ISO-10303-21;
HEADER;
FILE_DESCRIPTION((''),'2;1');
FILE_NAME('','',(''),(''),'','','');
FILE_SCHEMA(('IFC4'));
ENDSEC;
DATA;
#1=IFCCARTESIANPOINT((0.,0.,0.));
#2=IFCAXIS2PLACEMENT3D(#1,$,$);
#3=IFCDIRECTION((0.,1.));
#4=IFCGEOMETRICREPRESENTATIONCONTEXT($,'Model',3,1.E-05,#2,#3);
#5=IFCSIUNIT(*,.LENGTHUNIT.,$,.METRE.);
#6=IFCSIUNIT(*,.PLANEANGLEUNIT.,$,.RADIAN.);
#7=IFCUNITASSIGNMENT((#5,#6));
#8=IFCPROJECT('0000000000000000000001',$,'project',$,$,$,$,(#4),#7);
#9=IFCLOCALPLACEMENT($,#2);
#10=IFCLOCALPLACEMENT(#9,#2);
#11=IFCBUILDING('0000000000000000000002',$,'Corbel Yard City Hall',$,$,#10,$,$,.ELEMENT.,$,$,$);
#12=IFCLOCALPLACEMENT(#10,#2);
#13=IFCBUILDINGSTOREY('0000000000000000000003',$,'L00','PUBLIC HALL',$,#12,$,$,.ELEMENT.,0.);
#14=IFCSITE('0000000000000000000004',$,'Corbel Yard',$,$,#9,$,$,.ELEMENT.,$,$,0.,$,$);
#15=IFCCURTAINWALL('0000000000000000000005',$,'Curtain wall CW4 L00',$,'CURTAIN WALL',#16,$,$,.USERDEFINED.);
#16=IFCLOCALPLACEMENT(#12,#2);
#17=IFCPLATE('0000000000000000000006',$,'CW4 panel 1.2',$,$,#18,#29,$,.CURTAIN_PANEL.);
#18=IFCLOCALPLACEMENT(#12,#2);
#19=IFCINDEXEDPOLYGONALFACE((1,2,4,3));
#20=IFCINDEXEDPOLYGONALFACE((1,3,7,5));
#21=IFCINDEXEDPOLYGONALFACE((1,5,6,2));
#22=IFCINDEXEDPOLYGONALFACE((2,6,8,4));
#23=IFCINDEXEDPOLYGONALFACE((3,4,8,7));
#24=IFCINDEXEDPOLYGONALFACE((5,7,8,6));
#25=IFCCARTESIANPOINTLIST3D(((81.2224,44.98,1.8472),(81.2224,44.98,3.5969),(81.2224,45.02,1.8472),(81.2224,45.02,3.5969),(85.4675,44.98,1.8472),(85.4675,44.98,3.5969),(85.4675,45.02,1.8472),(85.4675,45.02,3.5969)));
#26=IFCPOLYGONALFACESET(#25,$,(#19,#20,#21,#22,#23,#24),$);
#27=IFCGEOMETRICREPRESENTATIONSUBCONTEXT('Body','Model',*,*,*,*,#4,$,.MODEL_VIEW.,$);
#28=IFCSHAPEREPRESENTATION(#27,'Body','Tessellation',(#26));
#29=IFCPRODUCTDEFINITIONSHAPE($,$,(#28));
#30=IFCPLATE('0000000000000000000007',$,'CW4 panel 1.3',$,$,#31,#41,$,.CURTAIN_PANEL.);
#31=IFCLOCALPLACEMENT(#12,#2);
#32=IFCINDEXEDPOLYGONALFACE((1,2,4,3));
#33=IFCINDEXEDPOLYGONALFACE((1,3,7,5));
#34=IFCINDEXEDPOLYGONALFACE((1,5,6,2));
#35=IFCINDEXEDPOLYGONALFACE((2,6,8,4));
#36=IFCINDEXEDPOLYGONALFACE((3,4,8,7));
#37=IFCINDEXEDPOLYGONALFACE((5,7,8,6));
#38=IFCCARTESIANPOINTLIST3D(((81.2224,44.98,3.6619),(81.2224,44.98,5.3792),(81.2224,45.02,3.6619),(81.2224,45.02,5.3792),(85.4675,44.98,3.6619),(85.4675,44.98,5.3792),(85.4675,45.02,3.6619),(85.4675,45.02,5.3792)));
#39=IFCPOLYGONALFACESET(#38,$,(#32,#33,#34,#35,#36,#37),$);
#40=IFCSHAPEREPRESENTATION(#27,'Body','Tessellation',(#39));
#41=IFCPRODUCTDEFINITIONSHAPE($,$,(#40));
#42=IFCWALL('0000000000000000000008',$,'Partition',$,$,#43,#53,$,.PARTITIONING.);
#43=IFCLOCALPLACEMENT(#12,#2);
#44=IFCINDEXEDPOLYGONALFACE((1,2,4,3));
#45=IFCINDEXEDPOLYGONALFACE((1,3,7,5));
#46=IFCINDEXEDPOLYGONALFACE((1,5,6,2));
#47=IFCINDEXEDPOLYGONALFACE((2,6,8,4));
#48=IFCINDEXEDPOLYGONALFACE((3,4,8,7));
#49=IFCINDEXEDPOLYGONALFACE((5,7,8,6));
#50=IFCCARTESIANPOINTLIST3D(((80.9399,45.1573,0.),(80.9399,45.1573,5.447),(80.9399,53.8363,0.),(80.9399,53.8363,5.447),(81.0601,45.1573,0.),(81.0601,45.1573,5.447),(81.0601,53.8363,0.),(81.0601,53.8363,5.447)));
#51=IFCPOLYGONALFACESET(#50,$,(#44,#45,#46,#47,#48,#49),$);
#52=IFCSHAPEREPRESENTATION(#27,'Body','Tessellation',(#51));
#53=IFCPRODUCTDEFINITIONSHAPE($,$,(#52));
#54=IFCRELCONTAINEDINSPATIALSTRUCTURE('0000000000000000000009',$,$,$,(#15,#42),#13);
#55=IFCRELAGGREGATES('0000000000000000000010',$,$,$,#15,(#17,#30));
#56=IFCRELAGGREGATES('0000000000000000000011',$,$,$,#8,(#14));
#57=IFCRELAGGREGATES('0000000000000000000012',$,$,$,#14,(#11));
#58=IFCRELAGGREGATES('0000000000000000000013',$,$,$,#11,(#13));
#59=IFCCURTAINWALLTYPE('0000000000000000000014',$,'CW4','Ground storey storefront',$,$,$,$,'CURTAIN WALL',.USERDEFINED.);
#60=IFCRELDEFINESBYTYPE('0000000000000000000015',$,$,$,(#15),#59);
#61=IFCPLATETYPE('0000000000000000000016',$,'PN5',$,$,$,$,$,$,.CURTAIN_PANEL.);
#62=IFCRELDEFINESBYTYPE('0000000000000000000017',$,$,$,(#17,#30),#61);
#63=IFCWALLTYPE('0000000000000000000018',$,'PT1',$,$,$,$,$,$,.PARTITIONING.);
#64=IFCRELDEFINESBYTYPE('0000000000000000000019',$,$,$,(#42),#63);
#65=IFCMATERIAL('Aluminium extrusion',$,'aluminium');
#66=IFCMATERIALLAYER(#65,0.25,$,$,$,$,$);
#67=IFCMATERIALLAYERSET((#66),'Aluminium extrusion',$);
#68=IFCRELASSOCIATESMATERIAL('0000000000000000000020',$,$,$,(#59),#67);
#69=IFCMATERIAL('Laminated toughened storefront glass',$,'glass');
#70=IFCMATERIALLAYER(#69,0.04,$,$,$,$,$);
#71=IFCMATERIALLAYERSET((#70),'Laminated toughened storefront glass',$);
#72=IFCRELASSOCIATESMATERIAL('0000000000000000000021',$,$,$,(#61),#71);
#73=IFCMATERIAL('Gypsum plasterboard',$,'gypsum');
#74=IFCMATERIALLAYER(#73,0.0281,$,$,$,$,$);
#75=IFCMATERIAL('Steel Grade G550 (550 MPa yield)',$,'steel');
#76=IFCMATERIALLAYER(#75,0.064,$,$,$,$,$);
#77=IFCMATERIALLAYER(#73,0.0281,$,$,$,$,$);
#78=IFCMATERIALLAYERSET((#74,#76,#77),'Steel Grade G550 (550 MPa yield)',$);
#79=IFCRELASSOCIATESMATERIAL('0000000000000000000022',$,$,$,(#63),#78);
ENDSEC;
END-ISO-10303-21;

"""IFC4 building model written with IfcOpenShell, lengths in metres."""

from ifc_helpers import new_model, si_unit, direction, frame, frame_2d, origin, origin_2d, place, context, subcontext, project, spatial, rectangle, extrude, material, layer, layer_set, type_object, element, aggregate, save


model = new_model("IFC4")

# Units and contexts
model_context = context("Model", 3, precision=1e-05, world=origin(), true_north=direction((0.0, 1.0)))
body_context = subcontext(model_context, "Body", "Model", "MODEL_VIEW")
ifc_project = project(units=[si_unit("LENGTHUNIT", "METRE"), si_unit("PLANEANGLEUNIT", "RADIAN")], contexts=[model_context])

# Site, building, storey
site_placement = place(None, origin())
site = spatial("IfcSite", under=ifc_project, at=site_placement, Name="Corbel Yard", CompositionType="ELEMENT", RefElevation=0.0)
building_placement = place(site_placement, origin())
building = spatial("IfcBuilding", under=site, at=building_placement, Name="Corbel Yard City Hall", CompositionType="ELEMENT")
storey_placement = place(building_placement, origin())
storey = spatial("IfcBuildingStorey", under=building, at=storey_placement, Name="L00", Description="PUBLIC HALL", CompositionType="ELEMENT", Elevation=0.0)

# Curtain wall
ifc_material_1 = material(Name="Aluminium extrusion", Category="aluminium")
ifc_layer_1 = layer(ifc_material_1, 0.25)
ifc_layer_set_1 = layer_set([ifc_layer_1], Name="Aluminium extrusion")
curtain_wall_type = type_object("IfcCurtainWallType", Name="CW4", Description="Ground storey storefront", ElementType="CURTAIN WALL", PredefinedType="USERDEFINED", material=ifc_layer_set_1)
curtain_wall_1_placement = place(storey_placement, origin())
curtain_wall_1 = element("IfcCurtainWall", 1, at=curtain_wall_1_placement, inside=storey, type_object=curtain_wall_type, Name="Curtain wall CW4 L00", ObjectType="CURTAIN WALL", PredefinedType="USERDEFINED")

# Plates
ifc_material_2 = material(Name="Laminated toughened storefront glass", Category="glass")
ifc_layer_2 = layer(ifc_material_2, 0.04)
ifc_layer_set_2 = layer_set([ifc_layer_2], Name="Laminated toughened storefront glass")
plate_type = type_object("IfcPlateType", Name="PN5", PredefinedType="CURTAIN_PANEL", material=ifc_layer_set_2)
plate_1_placement = place(storey_placement, frame((83.345, 45.0, 1.8472), z_axis=(0.0, 0.0, 1.0), x_axis=(1.0, 0.0, 0.0)))
plate_1 = element("IfcPlate", 2, at=plate_1_placement, type_object=plate_type, Name="CW4 panel 1.2", PredefinedType="CURTAIN_PANEL", context=body_context, shape_type="SweptSolid", body=[
    extrude(rectangle(XDim=4.2451, YDim=0.04, at=origin_2d()), origin(), (0.0, 0.0, 1.0), 1.7498),
])
plate_2_placement = place(storey_placement, frame((83.345, 45.0, 3.6619), z_axis=(0.0, 0.0, 1.0), x_axis=(1.0, 0.0, 0.0)))
plate_2 = element("IfcPlate", 3, at=plate_2_placement, type_object=plate_type, Name="CW4 panel 1.3", PredefinedType="CURTAIN_PANEL", context=body_context, shape_type="SweptSolid", body=[
    extrude(rectangle(XDim=4.2451, YDim=0.04, at=origin_2d()), origin(), (0.0, 0.0, 1.0), 1.7173),
])
aggregate(curtain_wall_1, [plate_1, plate_2])

# Wall
ifc_material_3 = material(Name="Gypsum plasterboard", Category="gypsum")
ifc_layer_3 = layer(ifc_material_3, 0.0281)
ifc_material_4 = material(Name="Steel Grade G550 (550 MPa yield)", Category="steel")
ifc_layer_4 = layer(ifc_material_4, 0.064)
ifc_layer_5 = layer(ifc_material_3, 0.0281)
ifc_layer_set_3 = layer_set([ifc_layer_3, ifc_layer_4, ifc_layer_5], Name="Steel Grade G550 (550 MPa yield)")
wall_type = type_object("IfcWallType", Name="PT1", PredefinedType="PARTITIONING", material=ifc_layer_set_3)
wall_placement = place(storey_placement, frame((81.0, 45.1575, 0.0), z_axis=(0.0, 0.0, 1.0), x_axis=(0.0, 1.0, 0.0)))
element("IfcWall", 4, at=wall_placement, inside=storey, type_object=wall_type, Name="Partition", PredefinedType="PARTITIONING", context=body_context, shape_type="SweptSolid", body=[
    extrude(rectangle(XDim=8.679, YDim=0.1201, at=frame_2d((4.3394, 0.0))), origin(), (0.0, 0.0, 1.0), 5.447),
])

save(model, "model.ifc")
